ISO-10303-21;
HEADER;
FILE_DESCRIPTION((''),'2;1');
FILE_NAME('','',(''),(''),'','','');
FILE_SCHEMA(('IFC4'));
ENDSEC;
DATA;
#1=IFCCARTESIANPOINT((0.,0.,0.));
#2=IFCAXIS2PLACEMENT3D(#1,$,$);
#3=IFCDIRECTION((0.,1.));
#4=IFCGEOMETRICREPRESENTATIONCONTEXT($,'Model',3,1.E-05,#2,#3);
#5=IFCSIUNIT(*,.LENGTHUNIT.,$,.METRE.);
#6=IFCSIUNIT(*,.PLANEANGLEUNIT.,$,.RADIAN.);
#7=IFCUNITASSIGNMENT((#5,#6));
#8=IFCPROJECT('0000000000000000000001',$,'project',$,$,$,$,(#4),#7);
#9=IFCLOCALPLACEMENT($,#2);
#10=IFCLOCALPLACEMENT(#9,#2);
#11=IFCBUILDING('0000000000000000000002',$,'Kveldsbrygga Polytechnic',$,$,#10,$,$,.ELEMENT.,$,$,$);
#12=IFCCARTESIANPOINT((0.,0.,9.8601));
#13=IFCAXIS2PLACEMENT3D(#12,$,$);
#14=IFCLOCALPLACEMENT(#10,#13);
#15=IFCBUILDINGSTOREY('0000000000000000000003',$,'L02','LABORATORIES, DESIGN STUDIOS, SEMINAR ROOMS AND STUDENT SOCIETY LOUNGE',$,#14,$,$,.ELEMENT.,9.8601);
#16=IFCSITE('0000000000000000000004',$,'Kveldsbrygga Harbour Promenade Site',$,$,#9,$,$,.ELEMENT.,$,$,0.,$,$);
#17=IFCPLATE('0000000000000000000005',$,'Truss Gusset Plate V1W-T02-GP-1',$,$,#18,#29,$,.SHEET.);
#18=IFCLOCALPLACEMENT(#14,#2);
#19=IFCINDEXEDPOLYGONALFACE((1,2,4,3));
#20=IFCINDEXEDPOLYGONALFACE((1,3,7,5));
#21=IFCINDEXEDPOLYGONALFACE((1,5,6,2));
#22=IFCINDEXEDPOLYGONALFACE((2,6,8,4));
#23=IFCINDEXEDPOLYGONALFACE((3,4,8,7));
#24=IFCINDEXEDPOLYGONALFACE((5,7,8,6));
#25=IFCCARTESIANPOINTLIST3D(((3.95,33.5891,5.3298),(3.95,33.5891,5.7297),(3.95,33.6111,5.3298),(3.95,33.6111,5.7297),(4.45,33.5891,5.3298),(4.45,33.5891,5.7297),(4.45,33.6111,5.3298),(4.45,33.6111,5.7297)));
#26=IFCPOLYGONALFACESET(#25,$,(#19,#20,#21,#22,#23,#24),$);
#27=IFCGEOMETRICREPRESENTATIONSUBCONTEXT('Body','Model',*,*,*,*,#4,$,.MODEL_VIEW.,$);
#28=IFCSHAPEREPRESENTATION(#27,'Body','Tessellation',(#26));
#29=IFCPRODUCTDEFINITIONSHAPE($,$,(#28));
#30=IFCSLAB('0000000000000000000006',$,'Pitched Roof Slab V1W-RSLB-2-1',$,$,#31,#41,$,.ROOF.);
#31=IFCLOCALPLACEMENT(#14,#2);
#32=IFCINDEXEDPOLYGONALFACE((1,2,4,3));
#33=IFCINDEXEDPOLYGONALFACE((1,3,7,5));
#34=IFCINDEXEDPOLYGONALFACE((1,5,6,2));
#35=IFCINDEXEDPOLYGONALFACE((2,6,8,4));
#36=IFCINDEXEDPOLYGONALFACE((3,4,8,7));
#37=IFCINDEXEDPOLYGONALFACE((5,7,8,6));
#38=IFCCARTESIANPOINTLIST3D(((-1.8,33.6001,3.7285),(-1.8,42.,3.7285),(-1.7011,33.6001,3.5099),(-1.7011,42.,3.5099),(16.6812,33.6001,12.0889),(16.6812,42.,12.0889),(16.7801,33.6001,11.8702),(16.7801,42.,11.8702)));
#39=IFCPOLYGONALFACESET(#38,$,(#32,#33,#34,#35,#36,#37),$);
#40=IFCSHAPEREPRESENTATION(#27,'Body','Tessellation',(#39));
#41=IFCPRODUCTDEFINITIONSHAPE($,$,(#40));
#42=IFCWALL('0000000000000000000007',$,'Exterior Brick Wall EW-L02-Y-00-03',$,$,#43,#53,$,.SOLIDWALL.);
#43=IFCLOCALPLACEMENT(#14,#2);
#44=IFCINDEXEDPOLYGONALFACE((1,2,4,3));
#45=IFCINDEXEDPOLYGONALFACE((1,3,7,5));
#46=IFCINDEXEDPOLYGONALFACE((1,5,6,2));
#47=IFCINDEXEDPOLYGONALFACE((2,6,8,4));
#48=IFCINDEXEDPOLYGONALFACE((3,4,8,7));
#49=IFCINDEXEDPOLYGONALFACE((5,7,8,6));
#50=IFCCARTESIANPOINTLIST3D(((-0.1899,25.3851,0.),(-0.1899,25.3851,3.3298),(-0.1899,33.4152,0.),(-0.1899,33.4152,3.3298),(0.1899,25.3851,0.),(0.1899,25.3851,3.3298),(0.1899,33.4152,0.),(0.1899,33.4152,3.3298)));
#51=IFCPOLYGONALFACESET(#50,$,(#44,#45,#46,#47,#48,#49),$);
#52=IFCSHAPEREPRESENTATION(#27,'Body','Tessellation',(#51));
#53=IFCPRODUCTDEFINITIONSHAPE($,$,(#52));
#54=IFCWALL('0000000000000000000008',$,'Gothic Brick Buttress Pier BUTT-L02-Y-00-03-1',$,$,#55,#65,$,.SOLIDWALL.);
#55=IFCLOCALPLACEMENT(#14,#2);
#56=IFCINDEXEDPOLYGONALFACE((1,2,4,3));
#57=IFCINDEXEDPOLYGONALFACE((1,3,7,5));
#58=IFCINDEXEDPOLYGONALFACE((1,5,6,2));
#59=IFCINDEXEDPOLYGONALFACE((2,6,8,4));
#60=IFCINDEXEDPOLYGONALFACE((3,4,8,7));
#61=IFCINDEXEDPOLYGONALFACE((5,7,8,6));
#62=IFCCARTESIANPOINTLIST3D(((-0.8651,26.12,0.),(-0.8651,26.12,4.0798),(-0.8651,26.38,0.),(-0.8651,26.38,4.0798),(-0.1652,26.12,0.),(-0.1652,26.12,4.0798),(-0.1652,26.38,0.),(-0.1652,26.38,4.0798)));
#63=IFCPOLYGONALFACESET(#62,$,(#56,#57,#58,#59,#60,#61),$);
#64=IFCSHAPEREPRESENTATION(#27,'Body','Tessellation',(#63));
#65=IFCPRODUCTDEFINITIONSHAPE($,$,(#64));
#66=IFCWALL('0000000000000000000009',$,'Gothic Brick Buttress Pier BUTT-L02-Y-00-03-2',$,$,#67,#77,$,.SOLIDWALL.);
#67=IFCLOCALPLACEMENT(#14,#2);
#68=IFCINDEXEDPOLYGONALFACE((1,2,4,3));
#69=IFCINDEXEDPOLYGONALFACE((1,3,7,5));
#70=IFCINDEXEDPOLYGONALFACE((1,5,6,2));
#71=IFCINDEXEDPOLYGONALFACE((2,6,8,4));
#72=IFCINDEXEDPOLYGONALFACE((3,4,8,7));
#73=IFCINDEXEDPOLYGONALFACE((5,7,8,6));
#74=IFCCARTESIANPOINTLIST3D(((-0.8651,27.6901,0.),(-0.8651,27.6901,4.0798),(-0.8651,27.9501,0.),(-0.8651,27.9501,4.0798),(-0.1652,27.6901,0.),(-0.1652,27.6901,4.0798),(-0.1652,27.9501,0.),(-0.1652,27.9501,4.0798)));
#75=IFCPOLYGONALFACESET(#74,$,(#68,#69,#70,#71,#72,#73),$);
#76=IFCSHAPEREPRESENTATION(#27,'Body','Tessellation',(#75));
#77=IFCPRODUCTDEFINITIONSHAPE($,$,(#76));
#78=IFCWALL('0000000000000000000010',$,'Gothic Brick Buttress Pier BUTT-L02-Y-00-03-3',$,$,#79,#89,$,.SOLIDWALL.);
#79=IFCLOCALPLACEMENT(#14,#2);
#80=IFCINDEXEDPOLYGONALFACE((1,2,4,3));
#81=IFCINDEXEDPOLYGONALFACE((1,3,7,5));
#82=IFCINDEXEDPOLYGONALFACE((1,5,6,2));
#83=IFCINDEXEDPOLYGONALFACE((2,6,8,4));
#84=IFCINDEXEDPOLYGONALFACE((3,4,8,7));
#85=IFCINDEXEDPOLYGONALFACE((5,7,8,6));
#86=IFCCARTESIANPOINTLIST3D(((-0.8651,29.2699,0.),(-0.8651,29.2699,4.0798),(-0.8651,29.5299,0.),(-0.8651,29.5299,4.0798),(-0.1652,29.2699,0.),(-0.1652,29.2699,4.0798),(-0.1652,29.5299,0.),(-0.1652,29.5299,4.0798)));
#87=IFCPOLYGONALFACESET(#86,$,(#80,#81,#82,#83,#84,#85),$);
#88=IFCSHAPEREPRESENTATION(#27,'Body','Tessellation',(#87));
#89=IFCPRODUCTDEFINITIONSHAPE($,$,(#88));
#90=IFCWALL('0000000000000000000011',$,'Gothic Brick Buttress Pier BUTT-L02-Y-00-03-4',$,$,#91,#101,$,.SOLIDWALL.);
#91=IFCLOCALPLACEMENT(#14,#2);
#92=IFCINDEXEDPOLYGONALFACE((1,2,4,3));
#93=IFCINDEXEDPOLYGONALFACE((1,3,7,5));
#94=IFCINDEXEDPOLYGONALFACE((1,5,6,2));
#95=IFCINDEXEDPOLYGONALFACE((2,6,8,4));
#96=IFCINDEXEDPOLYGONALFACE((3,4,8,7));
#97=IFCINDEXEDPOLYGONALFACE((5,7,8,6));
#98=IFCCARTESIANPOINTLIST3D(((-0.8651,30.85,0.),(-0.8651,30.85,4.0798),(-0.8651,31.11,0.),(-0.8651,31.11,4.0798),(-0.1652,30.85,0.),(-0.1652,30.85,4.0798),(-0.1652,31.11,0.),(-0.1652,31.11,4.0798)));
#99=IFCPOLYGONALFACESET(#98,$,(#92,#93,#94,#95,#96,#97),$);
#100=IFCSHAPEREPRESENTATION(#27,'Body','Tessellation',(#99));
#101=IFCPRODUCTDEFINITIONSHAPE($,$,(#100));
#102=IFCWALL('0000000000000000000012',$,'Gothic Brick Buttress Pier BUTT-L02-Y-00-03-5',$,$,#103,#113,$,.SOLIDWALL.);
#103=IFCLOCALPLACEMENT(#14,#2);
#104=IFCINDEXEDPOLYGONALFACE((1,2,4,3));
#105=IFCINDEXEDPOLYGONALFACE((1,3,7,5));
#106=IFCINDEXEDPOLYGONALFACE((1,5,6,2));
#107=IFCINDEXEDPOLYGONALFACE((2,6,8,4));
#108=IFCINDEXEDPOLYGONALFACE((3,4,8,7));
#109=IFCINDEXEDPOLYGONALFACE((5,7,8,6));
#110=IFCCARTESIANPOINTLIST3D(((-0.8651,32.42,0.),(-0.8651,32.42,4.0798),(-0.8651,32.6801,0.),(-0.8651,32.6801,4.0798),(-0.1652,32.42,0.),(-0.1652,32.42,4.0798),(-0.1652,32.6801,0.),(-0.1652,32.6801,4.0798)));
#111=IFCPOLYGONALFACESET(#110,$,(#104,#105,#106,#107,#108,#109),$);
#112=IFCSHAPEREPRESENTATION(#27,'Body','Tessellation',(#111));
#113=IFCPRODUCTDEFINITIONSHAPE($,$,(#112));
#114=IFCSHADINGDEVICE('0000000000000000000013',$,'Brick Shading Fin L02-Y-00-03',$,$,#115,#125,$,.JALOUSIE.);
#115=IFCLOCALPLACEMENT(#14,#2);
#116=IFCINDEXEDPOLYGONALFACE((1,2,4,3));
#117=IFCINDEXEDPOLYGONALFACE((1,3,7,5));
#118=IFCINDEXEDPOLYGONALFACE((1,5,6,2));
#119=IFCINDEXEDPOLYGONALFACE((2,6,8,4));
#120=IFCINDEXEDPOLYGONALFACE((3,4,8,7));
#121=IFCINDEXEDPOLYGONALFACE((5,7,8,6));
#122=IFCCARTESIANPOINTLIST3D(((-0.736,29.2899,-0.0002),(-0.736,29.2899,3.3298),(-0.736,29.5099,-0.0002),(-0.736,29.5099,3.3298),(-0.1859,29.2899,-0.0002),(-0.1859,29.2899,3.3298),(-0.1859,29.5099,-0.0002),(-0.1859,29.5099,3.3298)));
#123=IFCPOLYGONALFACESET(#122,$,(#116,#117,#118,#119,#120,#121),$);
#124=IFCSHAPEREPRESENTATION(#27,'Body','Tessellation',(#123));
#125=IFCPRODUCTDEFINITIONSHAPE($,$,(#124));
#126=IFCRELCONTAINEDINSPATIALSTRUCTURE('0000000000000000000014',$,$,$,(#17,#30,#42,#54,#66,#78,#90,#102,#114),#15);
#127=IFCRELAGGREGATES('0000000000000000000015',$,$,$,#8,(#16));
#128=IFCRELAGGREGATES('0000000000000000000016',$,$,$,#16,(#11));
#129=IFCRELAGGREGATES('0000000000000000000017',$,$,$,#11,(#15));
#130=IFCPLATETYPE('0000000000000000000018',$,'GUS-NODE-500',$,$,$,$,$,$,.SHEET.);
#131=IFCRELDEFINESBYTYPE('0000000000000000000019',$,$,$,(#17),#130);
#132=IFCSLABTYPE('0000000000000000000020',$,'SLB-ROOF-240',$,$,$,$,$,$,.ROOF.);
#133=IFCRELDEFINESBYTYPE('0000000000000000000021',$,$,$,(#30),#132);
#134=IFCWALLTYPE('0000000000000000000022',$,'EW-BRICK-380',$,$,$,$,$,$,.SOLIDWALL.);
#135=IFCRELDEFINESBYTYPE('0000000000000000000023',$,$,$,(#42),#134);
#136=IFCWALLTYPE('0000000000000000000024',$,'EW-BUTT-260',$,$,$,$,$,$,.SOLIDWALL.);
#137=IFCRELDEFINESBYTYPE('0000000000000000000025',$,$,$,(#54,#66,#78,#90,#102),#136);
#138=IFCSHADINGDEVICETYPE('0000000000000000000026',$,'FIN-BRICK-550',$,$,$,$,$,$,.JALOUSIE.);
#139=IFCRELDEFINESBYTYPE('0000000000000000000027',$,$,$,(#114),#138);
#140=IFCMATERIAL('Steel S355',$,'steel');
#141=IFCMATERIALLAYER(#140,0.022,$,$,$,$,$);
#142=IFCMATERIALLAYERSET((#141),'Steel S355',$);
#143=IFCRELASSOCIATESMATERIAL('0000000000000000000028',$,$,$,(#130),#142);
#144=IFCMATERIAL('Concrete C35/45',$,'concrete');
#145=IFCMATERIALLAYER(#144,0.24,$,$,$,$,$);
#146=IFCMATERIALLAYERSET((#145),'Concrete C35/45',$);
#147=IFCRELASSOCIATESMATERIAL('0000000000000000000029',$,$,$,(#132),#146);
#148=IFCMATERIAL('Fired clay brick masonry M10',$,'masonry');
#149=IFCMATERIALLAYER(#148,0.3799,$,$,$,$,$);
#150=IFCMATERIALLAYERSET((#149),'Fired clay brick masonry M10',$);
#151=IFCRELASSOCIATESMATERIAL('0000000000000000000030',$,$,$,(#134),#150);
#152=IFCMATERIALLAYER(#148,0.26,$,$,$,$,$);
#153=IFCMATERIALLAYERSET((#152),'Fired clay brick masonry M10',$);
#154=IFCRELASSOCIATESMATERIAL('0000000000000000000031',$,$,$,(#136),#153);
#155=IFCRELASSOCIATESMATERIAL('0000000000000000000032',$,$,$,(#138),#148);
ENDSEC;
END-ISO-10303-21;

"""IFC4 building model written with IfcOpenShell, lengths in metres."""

from ifc_helpers import new_model, si_unit, direction, frame, frame_2d, origin, origin_2d, place, context, subcontext, project, spatial, polyline, rectangle, outline, extrude, material, layer, layer_set, type_object, element, save


model = new_model("IFC4")

# Units and contexts
model_context = context("Model", 3, precision=1e-05, world=origin(), true_north=direction((0.0, 1.0)))
body_context = subcontext(model_context, "Body", "Model", "MODEL_VIEW")
ifc_project = project(units=[si_unit("LENGTHUNIT", "METRE"), si_unit("PLANEANGLEUNIT", "RADIAN")], contexts=[model_context])

# Site, building, storey
site_placement = place(None, origin())
site = spatial("IfcSite", under=ifc_project, at=site_placement, Name="Kveldsbrygga Harbour Promenade Site", CompositionType="ELEMENT", RefElevation=0.0)
building_placement = place(site_placement, origin())
building = spatial("IfcBuilding", under=site, at=building_placement, Name="Kveldsbrygga Polytechnic", CompositionType="ELEMENT")
storey_placement = place(building_placement, frame((0.0, 0.0, 9.8601)))
storey = spatial("IfcBuildingStorey", under=building, at=storey_placement, Name="L02", Description="LABORATORIES, DESIGN STUDIOS, SEMINAR ROOMS AND STUDENT SOCIETY LOUNGE", CompositionType="ELEMENT", Elevation=9.8601)

# Shared definitions
ifc_material_1 = material(Name="Steel S355", Category="steel")

# Plate
ifc_layer_1 = layer(ifc_material_1, 0.022)
ifc_layer_set_1 = layer_set([ifc_layer_1], Name="Steel S355")
plate_type_1 = type_object("IfcPlateType", Name="GUS-NODE-500", PredefinedType="SHEET", material=ifc_layer_set_1)
plate_1_placement = place(storey_placement, frame((4.2, 33.6001, 5.3298), z_axis=(0.0, 0.0, 1.0), x_axis=(1.0, 0.0, 0.0)))
element("IfcPlate", 1, at=plate_1_placement, inside=storey, type_object=plate_type_1, Name="Truss Gusset Plate V1W-T02-GP-1", PredefinedType="SHEET", context=body_context, shape_type="SweptSolid", body=[
    extrude(rectangle(XDim=0.5, YDim=0.022, at=origin_2d()), origin(), (0.0, 0.0, 1.0), 0.3999),
])

# Slab
ifc_material_2 = material(Name="Concrete C35/45", Category="concrete")
ifc_layer_2 = layer(ifc_material_2, 0.24)
ifc_layer_set_2 = layer_set([ifc_layer_2], Name="Concrete C35/45")
slab_type = type_object("IfcSlabType", Name="SLB-ROOF-240", PredefinedType="ROOF", material=ifc_layer_set_2)
slab_placement = place(storey_placement, frame((-1.8, 33.6001, 3.7285), z_axis=(-0.41216, 0.0, 0.911111), x_axis=(0.911111, 0.0, 0.41216)))
element("IfcSlab", 2, at=slab_placement, inside=storey, type_object=slab_type, Name="Pitched Roof Slab V1W-RSLB-2-1", PredefinedType="ROOF", context=body_context, shape_type="SweptSolid", body=[
    extrude(outline(polyline([(0.0, 0.0), (20.2842, 0.0), (20.2842, 8.3999), (0.0, 8.3999), (0.0, 0.0)])), origin(), (0.0, 0.0, -1.0), 0.24),
])

# Walls
ifc_material_3 = material(Name="Fired clay brick masonry M10", Category="masonry")
ifc_layer_3 = layer(ifc_material_3, 0.3799)
ifc_layer_set_3 = layer_set([ifc_layer_3], Name="Fired clay brick masonry M10")
wall_type_1 = type_object("IfcWallType", Name="EW-BRICK-380", PredefinedType="SOLIDWALL", material=ifc_layer_set_3)
wall_placement = place(storey_placement, frame((0.0, 25.385, 0.0), z_axis=(0.0, 0.0, 1.0), x_axis=(0.0, 1.0, 0.0)))
element("IfcWall", 3, at=wall_placement, inside=storey, type_object=wall_type_1, Name="Exterior Brick Wall EW-L02-Y-00-03", PredefinedType="SOLIDWALL", context=body_context, shape_type="SweptSolid", body=[
    extrude(rectangle(XDim=8.03, YDim=0.3799, at=frame_2d((4.0151, 0.0))), origin(), (0.0, 0.0, 1.0), 3.3298),
])
ifc_layer_4 = layer(ifc_material_3, 0.26)
ifc_layer_set_4 = layer_set([ifc_layer_4], Name="Fired clay brick masonry M10")
wall_type_2 = type_object("IfcWallType", Name="EW-BUTT-260", PredefinedType="SOLIDWALL", material=ifc_layer_set_4)
for number, where, z_axis, x_axis, name in (
    (4, (-0.165, 26.25, 0.0), (0.0, 0.0, 1.0), (-1.0, 0.0, 0.0), "Gothic Brick Buttress Pier BUTT-L02-Y-00-03-1"),
    (5, (-0.165, 27.8201, 0.0), (0.0, 0.0, 1.0), (-1.0, 0.0, 0.0), "Gothic Brick Buttress Pier BUTT-L02-Y-00-03-2"),
    (6, (-0.165, 29.3999, 0.0), (0.0, 0.0, 1.0), (-1.0, 0.0, 0.0), "Gothic Brick Buttress Pier BUTT-L02-Y-00-03-3"),
    (7, (-0.165, 30.98, 0.0), (0.0, 0.0, 1.0), (-1.0, 0.0, 0.0), "Gothic Brick Buttress Pier BUTT-L02-Y-00-03-4"),
    (8, (-0.165, 32.55, 0.0), (0.0, 0.0, 1.0), (-1.0, 0.0, 0.0), "Gothic Brick Buttress Pier BUTT-L02-Y-00-03-5"),
):
    element("IfcWall", number, at=place(storey_placement, frame(where, z_axis=z_axis, x_axis=x_axis)), inside=storey, type_object=wall_type_2, Name=name, PredefinedType="SOLIDWALL", context=body_context, shape_type="SweptSolid", body=[
        extrude(rectangle(XDim=0.7, YDim=0.26, at=frame_2d((0.3501, 0.0))), origin(), (0.0, 0.0, 1.0), 4.0798),
    ])

# Shading device
shading_device_type = type_object("IfcShadingDeviceType", Name="FIN-BRICK-550", PredefinedType="JALOUSIE", material=ifc_material_3)
shading_device_placement = place(storey_placement, frame((-0.4609, 29.3999, -0.0002), z_axis=(0.0, 0.0, 1.0), x_axis=(0.0, 1.0, 0.0)))
element("IfcShadingDevice", 9, at=shading_device_placement, inside=storey, type_object=shading_device_type, Name="Brick Shading Fin L02-Y-00-03", PredefinedType="JALOUSIE", context=body_context, shape_type="SweptSolid", body=[
    extrude(rectangle(XDim=0.22, YDim=0.55, at=origin_2d()), origin(), (0.0, 0.0, 1.0), 3.3301),
])

save(model, "model.ifc")
